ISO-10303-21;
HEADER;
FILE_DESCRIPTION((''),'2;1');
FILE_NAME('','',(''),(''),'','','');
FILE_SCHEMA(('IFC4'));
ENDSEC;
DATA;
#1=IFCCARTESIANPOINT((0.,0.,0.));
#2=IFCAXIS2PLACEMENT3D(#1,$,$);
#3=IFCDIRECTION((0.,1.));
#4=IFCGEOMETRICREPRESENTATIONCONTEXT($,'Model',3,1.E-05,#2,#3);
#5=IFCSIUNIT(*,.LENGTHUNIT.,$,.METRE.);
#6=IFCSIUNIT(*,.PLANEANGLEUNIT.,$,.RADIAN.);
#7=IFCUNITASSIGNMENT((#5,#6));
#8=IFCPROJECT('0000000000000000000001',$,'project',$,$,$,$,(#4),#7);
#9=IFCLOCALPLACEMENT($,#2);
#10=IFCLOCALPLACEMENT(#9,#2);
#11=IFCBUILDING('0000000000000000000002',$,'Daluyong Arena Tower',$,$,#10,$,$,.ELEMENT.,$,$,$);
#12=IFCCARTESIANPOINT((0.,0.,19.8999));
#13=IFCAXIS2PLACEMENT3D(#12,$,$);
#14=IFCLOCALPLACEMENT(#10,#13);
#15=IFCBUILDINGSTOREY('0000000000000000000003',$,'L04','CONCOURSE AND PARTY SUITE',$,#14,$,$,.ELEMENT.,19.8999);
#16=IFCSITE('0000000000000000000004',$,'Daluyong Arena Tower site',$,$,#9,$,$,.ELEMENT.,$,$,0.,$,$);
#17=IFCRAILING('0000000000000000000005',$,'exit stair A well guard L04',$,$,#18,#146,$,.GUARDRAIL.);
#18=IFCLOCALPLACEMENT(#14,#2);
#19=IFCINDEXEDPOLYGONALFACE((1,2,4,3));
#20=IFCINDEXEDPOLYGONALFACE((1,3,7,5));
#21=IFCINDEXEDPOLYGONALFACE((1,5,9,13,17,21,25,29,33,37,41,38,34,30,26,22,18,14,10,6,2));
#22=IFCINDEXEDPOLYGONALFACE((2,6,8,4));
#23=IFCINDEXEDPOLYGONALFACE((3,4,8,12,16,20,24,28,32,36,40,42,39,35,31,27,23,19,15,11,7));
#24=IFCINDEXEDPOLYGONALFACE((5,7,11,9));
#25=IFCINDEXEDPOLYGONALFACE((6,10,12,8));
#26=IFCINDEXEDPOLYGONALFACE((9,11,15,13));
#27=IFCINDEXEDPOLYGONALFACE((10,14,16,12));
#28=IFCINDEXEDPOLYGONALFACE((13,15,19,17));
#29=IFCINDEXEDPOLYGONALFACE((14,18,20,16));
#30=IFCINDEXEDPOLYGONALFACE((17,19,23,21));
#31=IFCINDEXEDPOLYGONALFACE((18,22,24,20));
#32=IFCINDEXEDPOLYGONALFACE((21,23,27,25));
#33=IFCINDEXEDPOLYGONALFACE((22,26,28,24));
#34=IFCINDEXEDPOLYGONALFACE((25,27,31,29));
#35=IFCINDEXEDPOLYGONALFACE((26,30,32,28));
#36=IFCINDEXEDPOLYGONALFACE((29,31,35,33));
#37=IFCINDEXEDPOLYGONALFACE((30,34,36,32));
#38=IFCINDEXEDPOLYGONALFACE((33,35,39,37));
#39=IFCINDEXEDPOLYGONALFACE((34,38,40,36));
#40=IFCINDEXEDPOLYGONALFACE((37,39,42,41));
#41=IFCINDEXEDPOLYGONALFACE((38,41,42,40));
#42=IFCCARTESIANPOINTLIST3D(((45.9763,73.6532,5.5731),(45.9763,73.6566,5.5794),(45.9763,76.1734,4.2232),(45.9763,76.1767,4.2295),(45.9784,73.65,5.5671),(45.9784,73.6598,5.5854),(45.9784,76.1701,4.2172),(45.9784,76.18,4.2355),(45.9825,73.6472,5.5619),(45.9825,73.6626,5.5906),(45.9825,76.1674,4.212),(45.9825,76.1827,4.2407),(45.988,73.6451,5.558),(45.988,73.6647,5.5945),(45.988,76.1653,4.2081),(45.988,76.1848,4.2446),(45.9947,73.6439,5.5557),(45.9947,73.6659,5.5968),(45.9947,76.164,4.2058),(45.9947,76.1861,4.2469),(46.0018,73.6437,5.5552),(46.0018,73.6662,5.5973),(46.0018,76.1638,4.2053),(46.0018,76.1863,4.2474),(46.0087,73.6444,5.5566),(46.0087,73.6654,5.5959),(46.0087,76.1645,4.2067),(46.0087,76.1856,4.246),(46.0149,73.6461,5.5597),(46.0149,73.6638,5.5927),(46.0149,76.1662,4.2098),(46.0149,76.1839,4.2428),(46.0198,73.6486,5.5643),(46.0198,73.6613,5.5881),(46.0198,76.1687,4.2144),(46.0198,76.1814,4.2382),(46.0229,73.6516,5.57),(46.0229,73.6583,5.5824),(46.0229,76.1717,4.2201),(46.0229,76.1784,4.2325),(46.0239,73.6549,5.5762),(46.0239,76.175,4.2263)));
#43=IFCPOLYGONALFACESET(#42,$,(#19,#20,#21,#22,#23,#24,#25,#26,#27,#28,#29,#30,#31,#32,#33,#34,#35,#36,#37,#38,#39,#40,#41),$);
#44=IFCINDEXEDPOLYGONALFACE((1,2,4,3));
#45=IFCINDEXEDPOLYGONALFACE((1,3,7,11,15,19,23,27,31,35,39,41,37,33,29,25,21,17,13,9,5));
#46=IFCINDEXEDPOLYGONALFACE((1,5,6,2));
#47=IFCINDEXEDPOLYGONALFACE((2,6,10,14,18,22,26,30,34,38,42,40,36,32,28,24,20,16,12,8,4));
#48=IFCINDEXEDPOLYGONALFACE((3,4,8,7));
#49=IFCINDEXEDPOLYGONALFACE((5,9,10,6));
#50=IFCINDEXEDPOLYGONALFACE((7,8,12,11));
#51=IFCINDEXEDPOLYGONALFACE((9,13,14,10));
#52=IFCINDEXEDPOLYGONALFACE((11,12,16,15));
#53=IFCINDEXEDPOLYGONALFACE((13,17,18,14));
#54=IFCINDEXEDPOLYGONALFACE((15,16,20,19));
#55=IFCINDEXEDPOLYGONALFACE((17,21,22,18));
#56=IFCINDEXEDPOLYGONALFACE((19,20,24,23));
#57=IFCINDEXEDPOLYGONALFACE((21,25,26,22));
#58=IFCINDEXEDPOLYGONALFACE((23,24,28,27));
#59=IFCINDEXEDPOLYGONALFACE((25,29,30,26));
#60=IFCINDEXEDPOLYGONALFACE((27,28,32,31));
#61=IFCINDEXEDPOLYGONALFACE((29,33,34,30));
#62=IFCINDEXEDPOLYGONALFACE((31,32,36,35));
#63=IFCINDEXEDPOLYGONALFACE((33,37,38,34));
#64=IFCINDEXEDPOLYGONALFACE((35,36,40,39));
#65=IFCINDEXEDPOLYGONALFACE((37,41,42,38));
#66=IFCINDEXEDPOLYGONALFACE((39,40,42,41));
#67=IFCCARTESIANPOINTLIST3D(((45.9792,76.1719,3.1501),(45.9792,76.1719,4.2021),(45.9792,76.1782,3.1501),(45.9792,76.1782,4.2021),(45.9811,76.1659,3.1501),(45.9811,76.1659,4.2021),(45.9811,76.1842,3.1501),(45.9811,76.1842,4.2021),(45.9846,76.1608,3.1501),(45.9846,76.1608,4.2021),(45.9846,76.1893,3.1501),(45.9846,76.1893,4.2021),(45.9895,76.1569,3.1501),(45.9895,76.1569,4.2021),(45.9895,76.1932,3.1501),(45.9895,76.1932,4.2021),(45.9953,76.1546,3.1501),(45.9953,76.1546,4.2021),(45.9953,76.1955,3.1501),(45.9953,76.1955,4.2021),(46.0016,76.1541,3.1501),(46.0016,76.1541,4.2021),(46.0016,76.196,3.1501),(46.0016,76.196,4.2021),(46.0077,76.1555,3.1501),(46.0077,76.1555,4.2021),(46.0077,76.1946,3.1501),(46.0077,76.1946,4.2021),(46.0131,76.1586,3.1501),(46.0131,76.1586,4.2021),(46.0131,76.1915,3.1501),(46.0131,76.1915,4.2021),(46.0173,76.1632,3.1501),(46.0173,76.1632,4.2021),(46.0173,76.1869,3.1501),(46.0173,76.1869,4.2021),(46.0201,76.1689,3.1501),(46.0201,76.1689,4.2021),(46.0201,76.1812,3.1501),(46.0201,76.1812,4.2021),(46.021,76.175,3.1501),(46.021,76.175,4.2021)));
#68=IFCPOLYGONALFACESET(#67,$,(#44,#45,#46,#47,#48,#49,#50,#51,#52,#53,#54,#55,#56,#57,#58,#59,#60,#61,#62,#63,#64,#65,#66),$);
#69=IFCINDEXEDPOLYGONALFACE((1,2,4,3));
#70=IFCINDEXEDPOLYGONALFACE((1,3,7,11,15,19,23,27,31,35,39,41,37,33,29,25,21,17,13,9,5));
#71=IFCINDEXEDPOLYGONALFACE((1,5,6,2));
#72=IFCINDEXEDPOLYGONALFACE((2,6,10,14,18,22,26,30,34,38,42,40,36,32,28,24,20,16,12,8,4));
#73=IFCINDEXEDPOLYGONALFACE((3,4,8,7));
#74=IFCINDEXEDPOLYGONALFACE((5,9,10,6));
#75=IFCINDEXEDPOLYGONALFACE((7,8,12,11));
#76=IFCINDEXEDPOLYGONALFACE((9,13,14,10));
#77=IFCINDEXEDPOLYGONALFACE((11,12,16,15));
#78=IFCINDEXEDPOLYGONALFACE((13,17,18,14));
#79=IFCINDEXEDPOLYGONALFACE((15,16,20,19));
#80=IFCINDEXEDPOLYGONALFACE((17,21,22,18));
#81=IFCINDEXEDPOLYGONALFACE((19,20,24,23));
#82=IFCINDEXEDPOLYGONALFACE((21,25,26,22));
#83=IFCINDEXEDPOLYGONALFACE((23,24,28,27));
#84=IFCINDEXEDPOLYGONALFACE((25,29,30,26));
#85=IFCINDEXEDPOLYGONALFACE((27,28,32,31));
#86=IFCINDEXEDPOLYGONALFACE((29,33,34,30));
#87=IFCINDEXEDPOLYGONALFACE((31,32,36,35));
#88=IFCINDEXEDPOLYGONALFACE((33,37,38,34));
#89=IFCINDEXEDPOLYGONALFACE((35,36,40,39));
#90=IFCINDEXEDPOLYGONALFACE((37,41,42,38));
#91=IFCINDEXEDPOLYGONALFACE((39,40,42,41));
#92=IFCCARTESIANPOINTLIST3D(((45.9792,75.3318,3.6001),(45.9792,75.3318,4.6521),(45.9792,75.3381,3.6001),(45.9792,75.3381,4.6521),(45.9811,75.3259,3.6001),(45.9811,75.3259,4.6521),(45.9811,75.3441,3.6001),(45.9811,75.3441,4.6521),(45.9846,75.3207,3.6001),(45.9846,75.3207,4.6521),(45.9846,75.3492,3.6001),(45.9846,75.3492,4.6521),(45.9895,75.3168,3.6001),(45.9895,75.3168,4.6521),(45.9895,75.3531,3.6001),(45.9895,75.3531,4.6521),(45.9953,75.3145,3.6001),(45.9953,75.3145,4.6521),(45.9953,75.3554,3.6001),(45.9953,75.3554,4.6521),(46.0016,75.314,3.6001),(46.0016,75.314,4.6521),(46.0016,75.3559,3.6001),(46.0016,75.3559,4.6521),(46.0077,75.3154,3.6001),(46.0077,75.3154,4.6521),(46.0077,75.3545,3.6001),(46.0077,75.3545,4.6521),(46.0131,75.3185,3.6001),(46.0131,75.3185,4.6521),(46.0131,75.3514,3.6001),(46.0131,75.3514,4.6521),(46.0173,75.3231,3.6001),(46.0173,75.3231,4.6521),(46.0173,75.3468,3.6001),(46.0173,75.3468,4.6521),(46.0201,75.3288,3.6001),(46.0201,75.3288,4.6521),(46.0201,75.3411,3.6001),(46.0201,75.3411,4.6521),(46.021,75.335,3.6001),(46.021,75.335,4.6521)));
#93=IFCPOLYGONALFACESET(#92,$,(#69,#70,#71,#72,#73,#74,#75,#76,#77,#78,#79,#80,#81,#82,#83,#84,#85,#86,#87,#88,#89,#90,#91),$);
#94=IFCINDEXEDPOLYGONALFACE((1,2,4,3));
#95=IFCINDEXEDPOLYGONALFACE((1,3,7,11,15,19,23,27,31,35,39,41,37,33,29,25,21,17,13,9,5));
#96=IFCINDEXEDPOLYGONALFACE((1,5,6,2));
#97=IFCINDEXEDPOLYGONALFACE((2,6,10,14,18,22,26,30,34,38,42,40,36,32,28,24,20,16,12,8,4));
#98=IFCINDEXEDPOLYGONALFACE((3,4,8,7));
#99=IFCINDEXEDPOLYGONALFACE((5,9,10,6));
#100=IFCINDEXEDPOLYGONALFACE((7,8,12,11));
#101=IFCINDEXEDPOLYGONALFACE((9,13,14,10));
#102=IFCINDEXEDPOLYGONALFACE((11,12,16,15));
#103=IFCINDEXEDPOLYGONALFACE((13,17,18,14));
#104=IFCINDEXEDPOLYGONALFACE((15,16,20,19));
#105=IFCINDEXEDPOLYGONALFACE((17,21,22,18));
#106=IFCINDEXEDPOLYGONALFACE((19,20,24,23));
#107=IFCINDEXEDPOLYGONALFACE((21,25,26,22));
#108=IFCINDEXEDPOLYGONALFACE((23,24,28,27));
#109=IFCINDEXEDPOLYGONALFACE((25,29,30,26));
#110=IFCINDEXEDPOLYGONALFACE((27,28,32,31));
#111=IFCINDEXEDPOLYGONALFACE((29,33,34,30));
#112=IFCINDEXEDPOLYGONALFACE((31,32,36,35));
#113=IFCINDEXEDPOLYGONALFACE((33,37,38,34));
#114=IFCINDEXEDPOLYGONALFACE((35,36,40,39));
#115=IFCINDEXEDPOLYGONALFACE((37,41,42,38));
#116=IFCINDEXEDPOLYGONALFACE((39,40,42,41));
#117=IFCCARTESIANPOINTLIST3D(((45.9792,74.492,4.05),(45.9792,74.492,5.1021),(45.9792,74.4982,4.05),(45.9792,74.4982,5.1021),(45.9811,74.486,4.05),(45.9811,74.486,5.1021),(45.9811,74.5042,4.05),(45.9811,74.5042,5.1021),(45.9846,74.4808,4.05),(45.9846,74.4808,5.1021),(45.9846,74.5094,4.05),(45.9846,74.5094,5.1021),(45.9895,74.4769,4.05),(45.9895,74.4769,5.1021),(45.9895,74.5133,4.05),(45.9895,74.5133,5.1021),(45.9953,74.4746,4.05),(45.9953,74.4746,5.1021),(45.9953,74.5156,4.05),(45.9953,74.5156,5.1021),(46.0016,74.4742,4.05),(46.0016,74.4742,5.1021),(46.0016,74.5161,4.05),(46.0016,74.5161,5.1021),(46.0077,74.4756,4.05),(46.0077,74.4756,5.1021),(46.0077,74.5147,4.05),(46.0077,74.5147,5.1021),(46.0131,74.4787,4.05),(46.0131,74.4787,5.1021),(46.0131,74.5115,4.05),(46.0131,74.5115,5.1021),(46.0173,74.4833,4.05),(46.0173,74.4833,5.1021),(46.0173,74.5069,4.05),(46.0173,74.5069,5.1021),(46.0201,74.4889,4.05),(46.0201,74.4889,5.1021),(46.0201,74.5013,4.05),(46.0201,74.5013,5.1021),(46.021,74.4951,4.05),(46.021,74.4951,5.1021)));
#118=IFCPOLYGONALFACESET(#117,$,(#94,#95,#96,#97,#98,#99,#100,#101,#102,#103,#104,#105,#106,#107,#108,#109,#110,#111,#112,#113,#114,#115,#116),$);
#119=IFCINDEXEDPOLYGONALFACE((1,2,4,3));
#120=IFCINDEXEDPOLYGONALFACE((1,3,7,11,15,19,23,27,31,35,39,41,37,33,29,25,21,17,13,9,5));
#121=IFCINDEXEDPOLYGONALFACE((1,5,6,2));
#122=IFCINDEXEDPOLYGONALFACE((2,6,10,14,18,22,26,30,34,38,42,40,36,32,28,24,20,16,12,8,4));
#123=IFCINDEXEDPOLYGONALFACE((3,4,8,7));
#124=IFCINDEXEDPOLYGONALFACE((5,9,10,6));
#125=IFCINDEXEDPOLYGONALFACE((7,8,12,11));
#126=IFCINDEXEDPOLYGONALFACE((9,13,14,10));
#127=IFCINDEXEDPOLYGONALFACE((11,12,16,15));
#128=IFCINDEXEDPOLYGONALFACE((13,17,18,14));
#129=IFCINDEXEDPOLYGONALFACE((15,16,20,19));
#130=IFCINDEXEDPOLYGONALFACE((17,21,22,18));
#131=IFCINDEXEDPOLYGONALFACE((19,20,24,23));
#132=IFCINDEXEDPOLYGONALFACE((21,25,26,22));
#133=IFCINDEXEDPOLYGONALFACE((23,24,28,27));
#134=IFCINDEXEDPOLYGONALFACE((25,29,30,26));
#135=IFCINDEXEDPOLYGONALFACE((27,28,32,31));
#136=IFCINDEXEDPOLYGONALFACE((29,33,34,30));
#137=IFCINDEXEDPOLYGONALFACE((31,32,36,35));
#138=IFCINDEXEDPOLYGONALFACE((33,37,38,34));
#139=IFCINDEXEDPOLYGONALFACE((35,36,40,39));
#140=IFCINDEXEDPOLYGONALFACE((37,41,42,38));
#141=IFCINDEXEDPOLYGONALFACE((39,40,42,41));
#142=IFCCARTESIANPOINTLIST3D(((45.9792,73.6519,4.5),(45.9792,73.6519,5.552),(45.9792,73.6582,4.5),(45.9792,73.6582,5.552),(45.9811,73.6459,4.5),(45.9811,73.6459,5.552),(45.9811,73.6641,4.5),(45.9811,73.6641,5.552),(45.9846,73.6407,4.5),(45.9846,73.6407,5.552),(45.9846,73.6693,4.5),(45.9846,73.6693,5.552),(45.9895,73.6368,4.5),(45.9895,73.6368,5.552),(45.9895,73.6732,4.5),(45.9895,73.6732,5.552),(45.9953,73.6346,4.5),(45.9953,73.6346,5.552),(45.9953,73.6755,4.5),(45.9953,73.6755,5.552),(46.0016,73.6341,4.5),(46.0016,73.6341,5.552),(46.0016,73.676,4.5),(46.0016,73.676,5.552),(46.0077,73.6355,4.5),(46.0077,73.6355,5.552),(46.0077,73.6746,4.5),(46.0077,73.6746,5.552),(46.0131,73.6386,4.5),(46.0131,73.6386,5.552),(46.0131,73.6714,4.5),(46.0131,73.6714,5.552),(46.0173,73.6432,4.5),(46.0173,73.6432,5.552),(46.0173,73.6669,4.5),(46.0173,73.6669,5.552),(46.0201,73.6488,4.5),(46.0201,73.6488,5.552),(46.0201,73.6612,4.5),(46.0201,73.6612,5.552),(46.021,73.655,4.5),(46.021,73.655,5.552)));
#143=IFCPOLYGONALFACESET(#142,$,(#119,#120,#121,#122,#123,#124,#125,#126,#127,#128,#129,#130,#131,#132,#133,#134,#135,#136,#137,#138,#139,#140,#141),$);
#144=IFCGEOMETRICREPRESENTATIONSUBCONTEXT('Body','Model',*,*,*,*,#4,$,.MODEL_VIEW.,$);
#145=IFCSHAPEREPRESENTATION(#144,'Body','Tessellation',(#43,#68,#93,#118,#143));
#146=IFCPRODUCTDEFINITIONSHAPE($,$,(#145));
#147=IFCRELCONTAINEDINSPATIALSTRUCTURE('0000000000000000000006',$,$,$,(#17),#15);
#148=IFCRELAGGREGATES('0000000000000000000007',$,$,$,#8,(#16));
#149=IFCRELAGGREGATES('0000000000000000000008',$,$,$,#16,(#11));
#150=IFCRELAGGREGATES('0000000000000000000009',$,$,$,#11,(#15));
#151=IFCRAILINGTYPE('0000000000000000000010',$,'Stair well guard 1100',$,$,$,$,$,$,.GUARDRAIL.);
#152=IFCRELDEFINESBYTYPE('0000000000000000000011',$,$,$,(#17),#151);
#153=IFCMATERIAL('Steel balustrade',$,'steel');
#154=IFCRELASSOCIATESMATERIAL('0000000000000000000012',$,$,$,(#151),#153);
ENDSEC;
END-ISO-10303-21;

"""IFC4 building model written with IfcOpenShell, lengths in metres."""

from ifc_helpers import new_model, si_unit, direction, frame, origin, origin_2d, place, context, subcontext, project, spatial, circle, extrude, material, type_object, element, save


model = new_model("IFC4")

# Units and contexts
model_context = context("Model", 3, precision=1e-05, world=origin(), true_north=direction((0.0, 1.0)))
body_context = subcontext(model_context, "Body", "Model", "MODEL_VIEW")
ifc_project = project(units=[si_unit("LENGTHUNIT", "METRE"), si_unit("PLANEANGLEUNIT", "RADIAN")], contexts=[model_context])

# Site, building, storey
site_placement = place(None, origin())
site = spatial("IfcSite", under=ifc_project, at=site_placement, Name="Daluyong Arena Tower site", CompositionType="ELEMENT", RefElevation=0.0)
building_placement = place(site_placement, origin())
building = spatial("IfcBuilding", under=site, at=building_placement, Name="Daluyong Arena Tower", CompositionType="ELEMENT")
storey_placement = place(building_placement, frame((0.0, 0.0, 19.8999)))
storey = spatial("IfcBuildingStorey", under=building, at=storey_placement, Name="L04", Description="CONCOURSE AND PARTY SUITE", CompositionType="ELEMENT", Elevation=19.8999)

# Railing
ifc_material_1 = material(Name="Steel balustrade", Category="steel")
railing_type = type_object("IfcRailingType", Name="Stair well guard 1100", PredefinedType="GUARDRAIL", material=ifc_material_1)
railing_placement = place(storey_placement, frame((46.0, 76.175, 3.1501)))
element("IfcRailing", 1, at=railing_placement, inside=storey, type_object=railing_type, Name="exit stair A well guard L04", PredefinedType="GUARDRAIL", context=body_context, shape_type="SweptSolid", body=[
    extrude(circle(Radius=0.0239, at=origin_2d()), frame((0.0, 0.0, 1.0762), z_axis=(0.0, -0.881503, 0.472179), x_axis=(1.0, 0.0, 0.0)), (0.0, 0.0, 1.0), 2.8589),
    extrude(circle(Radius=0.021, at=origin_2d()), origin(), (0.0, 0.0, 1.0), 1.052),
    extrude(circle(Radius=0.021, at=origin_2d()), frame((0.0, -0.8401, 0.45)), (0.0, 0.0, 1.0), 1.052),
    extrude(circle(Radius=0.021, at=origin_2d()), frame((0.0, -1.6799, 0.8999)), (0.0, 0.0, 1.0), 1.052),
    extrude(circle(Radius=0.021, at=origin_2d()), frame((0.0, -2.52, 1.3499)), (0.0, 0.0, 1.0), 1.052),
])

save(model, "model.ifc")
